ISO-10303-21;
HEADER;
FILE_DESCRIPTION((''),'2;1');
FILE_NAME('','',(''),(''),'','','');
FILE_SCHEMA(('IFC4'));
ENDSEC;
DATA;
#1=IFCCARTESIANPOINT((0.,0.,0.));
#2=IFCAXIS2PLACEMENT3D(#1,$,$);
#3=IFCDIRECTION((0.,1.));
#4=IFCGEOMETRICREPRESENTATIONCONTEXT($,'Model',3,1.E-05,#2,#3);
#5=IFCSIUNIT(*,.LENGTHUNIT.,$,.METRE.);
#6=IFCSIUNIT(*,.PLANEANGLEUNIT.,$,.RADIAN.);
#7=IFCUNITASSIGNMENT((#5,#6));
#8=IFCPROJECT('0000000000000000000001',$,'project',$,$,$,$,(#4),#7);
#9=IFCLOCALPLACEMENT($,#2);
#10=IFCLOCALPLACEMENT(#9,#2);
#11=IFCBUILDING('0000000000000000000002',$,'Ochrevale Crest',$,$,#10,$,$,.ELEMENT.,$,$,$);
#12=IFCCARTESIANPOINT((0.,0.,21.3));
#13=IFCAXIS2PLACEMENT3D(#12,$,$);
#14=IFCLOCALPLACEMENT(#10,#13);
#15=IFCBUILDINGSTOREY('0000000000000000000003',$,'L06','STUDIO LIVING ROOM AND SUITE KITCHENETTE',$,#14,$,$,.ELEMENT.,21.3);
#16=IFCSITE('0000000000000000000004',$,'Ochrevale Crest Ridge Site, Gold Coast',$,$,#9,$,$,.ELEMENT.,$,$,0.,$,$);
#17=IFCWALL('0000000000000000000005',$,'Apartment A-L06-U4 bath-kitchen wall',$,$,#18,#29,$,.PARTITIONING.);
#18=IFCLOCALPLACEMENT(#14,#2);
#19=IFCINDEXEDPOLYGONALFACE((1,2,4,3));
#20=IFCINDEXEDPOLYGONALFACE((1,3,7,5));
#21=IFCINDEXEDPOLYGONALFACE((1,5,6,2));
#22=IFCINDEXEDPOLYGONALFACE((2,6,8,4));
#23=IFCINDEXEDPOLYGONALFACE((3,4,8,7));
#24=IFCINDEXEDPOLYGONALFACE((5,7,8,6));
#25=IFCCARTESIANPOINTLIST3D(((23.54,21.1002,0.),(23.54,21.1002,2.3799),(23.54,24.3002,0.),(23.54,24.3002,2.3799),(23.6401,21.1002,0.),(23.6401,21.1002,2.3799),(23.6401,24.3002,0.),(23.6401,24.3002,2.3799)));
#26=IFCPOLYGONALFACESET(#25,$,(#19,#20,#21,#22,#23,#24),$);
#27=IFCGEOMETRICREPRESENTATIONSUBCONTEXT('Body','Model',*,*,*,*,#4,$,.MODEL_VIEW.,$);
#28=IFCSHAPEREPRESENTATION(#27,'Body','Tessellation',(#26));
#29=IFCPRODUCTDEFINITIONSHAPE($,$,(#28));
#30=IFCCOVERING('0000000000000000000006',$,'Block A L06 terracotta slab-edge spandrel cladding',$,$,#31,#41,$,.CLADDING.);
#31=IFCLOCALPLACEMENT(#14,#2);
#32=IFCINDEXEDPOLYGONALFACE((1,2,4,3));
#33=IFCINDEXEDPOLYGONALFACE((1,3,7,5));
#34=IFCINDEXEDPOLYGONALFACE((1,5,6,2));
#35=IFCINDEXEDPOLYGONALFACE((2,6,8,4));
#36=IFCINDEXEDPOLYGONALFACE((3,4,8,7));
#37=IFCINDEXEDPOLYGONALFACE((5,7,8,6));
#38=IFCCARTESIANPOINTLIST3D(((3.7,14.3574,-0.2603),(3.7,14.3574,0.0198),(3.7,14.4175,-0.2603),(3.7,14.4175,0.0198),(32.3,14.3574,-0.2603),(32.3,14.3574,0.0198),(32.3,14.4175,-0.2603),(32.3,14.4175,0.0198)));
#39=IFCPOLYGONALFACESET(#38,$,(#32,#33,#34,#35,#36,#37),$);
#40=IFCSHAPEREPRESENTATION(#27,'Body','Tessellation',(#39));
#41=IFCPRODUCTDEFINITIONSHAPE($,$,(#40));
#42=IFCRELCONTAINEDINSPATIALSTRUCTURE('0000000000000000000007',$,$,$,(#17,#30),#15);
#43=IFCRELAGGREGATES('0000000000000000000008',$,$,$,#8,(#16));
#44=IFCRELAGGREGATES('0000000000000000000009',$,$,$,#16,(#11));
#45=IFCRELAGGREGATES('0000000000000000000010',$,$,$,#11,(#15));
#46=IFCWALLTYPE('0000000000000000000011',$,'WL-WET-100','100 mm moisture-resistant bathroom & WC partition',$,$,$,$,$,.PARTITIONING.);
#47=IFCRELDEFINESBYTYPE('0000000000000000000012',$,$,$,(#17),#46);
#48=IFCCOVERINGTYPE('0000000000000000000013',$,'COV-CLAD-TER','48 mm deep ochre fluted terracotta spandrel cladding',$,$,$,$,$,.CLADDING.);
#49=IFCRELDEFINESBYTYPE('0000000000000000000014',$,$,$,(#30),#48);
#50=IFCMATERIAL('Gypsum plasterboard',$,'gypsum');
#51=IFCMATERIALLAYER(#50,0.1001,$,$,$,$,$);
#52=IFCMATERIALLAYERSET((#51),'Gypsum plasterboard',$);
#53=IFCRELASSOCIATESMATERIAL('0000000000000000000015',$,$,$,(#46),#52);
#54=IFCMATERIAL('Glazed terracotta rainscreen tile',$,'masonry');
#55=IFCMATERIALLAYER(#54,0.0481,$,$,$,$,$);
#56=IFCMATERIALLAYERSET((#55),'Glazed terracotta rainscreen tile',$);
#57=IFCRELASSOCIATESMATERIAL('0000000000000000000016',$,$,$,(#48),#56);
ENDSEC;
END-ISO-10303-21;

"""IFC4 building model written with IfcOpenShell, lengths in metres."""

from ifc_helpers import new_model, si_unit, direction, frame, frame_2d, origin, origin_2d, place, context, subcontext, project, spatial, rectangle, extrude, material, layer, layer_set, type_object, element, save


model = new_model("IFC4")

# Units and contexts
model_context = context("Model", 3, precision=1e-05, world=origin(), true_north=direction((0.0, 1.0)))
body_context = subcontext(model_context, "Body", "Model", "MODEL_VIEW")
ifc_project = project(units=[si_unit("LENGTHUNIT", "METRE"), si_unit("PLANEANGLEUNIT", "RADIAN")], contexts=[model_context])

# Site, building, storey
site_placement = place(None, origin())
site = spatial("IfcSite", under=ifc_project, at=site_placement, Name="Ochrevale Crest Ridge Site, Gold Coast", CompositionType="ELEMENT", RefElevation=0.0)
building_placement = place(site_placement, origin())
building = spatial("IfcBuilding", under=site, at=building_placement, Name="Ochrevale Crest", CompositionType="ELEMENT")
storey_placement = place(building_placement, frame((0.0, 0.0, 21.3)))
storey = spatial("IfcBuildingStorey", under=building, at=storey_placement, Name="L06", Description="STUDIO LIVING ROOM AND SUITE KITCHENETTE", CompositionType="ELEMENT", Elevation=21.3)

# Shared definitions
ifc_material_1 = material(Name="Gypsum plasterboard", Category="gypsum")

# Wall
ifc_layer_1 = layer(ifc_material_1, 0.1001)
ifc_layer_set_1 = layer_set([ifc_layer_1], Name="Gypsum plasterboard")
wall_type_1 = type_object("IfcWallType", Name="WL-WET-100", Description="100 mm moisture-resistant bathroom & WC partition", PredefinedType="PARTITIONING", material=ifc_layer_set_1)
wall_1_placement = place(storey_placement, frame((23.5901, 21.1001, 0.0), z_axis=(0.0, 0.0, 1.0), x_axis=(0.0, 1.0, 0.0)))
element("IfcWall", 1, at=wall_1_placement, inside=storey, type_object=wall_type_1, Name="Apartment A-L06-U4 bath-kitchen wall", PredefinedType="PARTITIONING", context=body_context, shape_type="SweptSolid", body=[
    extrude(rectangle(XDim=3.2, YDim=0.1001, at=frame_2d((1.6001, 0.0))), origin(), (0.0, 0.0, 1.0), 2.3799),
])

# Covering
ifc_material_2 = material(Name="Glazed terracotta rainscreen tile", Category="masonry")
ifc_layer_2 = layer(ifc_material_2, 0.0481)
ifc_layer_set_2 = layer_set([ifc_layer_2], Name="Glazed terracotta rainscreen tile")
covering_type = type_object("IfcCoveringType", Name="COV-CLAD-TER", Description="48 mm deep ochre fluted terracotta spandrel cladding", PredefinedType="CLADDING", material=ifc_layer_set_2)
covering_placement = place(storey_placement, frame((18.0, 14.3875, -0.2603), z_axis=(0.0, 0.0, 1.0), x_axis=(1.0, 0.0, 0.0)))
element("IfcCovering", 2, at=covering_placement, inside=storey, type_object=covering_type, Name="Block A L06 terracotta slab-edge spandrel cladding", PredefinedType="CLADDING", context=body_context, shape_type="SweptSolid", body=[
    extrude(rectangle(XDim=28.6001, YDim=0.0601, at=origin_2d()), origin(), (0.0, 0.0, 1.0), 0.28),
])

save(model, "model.ifc")
